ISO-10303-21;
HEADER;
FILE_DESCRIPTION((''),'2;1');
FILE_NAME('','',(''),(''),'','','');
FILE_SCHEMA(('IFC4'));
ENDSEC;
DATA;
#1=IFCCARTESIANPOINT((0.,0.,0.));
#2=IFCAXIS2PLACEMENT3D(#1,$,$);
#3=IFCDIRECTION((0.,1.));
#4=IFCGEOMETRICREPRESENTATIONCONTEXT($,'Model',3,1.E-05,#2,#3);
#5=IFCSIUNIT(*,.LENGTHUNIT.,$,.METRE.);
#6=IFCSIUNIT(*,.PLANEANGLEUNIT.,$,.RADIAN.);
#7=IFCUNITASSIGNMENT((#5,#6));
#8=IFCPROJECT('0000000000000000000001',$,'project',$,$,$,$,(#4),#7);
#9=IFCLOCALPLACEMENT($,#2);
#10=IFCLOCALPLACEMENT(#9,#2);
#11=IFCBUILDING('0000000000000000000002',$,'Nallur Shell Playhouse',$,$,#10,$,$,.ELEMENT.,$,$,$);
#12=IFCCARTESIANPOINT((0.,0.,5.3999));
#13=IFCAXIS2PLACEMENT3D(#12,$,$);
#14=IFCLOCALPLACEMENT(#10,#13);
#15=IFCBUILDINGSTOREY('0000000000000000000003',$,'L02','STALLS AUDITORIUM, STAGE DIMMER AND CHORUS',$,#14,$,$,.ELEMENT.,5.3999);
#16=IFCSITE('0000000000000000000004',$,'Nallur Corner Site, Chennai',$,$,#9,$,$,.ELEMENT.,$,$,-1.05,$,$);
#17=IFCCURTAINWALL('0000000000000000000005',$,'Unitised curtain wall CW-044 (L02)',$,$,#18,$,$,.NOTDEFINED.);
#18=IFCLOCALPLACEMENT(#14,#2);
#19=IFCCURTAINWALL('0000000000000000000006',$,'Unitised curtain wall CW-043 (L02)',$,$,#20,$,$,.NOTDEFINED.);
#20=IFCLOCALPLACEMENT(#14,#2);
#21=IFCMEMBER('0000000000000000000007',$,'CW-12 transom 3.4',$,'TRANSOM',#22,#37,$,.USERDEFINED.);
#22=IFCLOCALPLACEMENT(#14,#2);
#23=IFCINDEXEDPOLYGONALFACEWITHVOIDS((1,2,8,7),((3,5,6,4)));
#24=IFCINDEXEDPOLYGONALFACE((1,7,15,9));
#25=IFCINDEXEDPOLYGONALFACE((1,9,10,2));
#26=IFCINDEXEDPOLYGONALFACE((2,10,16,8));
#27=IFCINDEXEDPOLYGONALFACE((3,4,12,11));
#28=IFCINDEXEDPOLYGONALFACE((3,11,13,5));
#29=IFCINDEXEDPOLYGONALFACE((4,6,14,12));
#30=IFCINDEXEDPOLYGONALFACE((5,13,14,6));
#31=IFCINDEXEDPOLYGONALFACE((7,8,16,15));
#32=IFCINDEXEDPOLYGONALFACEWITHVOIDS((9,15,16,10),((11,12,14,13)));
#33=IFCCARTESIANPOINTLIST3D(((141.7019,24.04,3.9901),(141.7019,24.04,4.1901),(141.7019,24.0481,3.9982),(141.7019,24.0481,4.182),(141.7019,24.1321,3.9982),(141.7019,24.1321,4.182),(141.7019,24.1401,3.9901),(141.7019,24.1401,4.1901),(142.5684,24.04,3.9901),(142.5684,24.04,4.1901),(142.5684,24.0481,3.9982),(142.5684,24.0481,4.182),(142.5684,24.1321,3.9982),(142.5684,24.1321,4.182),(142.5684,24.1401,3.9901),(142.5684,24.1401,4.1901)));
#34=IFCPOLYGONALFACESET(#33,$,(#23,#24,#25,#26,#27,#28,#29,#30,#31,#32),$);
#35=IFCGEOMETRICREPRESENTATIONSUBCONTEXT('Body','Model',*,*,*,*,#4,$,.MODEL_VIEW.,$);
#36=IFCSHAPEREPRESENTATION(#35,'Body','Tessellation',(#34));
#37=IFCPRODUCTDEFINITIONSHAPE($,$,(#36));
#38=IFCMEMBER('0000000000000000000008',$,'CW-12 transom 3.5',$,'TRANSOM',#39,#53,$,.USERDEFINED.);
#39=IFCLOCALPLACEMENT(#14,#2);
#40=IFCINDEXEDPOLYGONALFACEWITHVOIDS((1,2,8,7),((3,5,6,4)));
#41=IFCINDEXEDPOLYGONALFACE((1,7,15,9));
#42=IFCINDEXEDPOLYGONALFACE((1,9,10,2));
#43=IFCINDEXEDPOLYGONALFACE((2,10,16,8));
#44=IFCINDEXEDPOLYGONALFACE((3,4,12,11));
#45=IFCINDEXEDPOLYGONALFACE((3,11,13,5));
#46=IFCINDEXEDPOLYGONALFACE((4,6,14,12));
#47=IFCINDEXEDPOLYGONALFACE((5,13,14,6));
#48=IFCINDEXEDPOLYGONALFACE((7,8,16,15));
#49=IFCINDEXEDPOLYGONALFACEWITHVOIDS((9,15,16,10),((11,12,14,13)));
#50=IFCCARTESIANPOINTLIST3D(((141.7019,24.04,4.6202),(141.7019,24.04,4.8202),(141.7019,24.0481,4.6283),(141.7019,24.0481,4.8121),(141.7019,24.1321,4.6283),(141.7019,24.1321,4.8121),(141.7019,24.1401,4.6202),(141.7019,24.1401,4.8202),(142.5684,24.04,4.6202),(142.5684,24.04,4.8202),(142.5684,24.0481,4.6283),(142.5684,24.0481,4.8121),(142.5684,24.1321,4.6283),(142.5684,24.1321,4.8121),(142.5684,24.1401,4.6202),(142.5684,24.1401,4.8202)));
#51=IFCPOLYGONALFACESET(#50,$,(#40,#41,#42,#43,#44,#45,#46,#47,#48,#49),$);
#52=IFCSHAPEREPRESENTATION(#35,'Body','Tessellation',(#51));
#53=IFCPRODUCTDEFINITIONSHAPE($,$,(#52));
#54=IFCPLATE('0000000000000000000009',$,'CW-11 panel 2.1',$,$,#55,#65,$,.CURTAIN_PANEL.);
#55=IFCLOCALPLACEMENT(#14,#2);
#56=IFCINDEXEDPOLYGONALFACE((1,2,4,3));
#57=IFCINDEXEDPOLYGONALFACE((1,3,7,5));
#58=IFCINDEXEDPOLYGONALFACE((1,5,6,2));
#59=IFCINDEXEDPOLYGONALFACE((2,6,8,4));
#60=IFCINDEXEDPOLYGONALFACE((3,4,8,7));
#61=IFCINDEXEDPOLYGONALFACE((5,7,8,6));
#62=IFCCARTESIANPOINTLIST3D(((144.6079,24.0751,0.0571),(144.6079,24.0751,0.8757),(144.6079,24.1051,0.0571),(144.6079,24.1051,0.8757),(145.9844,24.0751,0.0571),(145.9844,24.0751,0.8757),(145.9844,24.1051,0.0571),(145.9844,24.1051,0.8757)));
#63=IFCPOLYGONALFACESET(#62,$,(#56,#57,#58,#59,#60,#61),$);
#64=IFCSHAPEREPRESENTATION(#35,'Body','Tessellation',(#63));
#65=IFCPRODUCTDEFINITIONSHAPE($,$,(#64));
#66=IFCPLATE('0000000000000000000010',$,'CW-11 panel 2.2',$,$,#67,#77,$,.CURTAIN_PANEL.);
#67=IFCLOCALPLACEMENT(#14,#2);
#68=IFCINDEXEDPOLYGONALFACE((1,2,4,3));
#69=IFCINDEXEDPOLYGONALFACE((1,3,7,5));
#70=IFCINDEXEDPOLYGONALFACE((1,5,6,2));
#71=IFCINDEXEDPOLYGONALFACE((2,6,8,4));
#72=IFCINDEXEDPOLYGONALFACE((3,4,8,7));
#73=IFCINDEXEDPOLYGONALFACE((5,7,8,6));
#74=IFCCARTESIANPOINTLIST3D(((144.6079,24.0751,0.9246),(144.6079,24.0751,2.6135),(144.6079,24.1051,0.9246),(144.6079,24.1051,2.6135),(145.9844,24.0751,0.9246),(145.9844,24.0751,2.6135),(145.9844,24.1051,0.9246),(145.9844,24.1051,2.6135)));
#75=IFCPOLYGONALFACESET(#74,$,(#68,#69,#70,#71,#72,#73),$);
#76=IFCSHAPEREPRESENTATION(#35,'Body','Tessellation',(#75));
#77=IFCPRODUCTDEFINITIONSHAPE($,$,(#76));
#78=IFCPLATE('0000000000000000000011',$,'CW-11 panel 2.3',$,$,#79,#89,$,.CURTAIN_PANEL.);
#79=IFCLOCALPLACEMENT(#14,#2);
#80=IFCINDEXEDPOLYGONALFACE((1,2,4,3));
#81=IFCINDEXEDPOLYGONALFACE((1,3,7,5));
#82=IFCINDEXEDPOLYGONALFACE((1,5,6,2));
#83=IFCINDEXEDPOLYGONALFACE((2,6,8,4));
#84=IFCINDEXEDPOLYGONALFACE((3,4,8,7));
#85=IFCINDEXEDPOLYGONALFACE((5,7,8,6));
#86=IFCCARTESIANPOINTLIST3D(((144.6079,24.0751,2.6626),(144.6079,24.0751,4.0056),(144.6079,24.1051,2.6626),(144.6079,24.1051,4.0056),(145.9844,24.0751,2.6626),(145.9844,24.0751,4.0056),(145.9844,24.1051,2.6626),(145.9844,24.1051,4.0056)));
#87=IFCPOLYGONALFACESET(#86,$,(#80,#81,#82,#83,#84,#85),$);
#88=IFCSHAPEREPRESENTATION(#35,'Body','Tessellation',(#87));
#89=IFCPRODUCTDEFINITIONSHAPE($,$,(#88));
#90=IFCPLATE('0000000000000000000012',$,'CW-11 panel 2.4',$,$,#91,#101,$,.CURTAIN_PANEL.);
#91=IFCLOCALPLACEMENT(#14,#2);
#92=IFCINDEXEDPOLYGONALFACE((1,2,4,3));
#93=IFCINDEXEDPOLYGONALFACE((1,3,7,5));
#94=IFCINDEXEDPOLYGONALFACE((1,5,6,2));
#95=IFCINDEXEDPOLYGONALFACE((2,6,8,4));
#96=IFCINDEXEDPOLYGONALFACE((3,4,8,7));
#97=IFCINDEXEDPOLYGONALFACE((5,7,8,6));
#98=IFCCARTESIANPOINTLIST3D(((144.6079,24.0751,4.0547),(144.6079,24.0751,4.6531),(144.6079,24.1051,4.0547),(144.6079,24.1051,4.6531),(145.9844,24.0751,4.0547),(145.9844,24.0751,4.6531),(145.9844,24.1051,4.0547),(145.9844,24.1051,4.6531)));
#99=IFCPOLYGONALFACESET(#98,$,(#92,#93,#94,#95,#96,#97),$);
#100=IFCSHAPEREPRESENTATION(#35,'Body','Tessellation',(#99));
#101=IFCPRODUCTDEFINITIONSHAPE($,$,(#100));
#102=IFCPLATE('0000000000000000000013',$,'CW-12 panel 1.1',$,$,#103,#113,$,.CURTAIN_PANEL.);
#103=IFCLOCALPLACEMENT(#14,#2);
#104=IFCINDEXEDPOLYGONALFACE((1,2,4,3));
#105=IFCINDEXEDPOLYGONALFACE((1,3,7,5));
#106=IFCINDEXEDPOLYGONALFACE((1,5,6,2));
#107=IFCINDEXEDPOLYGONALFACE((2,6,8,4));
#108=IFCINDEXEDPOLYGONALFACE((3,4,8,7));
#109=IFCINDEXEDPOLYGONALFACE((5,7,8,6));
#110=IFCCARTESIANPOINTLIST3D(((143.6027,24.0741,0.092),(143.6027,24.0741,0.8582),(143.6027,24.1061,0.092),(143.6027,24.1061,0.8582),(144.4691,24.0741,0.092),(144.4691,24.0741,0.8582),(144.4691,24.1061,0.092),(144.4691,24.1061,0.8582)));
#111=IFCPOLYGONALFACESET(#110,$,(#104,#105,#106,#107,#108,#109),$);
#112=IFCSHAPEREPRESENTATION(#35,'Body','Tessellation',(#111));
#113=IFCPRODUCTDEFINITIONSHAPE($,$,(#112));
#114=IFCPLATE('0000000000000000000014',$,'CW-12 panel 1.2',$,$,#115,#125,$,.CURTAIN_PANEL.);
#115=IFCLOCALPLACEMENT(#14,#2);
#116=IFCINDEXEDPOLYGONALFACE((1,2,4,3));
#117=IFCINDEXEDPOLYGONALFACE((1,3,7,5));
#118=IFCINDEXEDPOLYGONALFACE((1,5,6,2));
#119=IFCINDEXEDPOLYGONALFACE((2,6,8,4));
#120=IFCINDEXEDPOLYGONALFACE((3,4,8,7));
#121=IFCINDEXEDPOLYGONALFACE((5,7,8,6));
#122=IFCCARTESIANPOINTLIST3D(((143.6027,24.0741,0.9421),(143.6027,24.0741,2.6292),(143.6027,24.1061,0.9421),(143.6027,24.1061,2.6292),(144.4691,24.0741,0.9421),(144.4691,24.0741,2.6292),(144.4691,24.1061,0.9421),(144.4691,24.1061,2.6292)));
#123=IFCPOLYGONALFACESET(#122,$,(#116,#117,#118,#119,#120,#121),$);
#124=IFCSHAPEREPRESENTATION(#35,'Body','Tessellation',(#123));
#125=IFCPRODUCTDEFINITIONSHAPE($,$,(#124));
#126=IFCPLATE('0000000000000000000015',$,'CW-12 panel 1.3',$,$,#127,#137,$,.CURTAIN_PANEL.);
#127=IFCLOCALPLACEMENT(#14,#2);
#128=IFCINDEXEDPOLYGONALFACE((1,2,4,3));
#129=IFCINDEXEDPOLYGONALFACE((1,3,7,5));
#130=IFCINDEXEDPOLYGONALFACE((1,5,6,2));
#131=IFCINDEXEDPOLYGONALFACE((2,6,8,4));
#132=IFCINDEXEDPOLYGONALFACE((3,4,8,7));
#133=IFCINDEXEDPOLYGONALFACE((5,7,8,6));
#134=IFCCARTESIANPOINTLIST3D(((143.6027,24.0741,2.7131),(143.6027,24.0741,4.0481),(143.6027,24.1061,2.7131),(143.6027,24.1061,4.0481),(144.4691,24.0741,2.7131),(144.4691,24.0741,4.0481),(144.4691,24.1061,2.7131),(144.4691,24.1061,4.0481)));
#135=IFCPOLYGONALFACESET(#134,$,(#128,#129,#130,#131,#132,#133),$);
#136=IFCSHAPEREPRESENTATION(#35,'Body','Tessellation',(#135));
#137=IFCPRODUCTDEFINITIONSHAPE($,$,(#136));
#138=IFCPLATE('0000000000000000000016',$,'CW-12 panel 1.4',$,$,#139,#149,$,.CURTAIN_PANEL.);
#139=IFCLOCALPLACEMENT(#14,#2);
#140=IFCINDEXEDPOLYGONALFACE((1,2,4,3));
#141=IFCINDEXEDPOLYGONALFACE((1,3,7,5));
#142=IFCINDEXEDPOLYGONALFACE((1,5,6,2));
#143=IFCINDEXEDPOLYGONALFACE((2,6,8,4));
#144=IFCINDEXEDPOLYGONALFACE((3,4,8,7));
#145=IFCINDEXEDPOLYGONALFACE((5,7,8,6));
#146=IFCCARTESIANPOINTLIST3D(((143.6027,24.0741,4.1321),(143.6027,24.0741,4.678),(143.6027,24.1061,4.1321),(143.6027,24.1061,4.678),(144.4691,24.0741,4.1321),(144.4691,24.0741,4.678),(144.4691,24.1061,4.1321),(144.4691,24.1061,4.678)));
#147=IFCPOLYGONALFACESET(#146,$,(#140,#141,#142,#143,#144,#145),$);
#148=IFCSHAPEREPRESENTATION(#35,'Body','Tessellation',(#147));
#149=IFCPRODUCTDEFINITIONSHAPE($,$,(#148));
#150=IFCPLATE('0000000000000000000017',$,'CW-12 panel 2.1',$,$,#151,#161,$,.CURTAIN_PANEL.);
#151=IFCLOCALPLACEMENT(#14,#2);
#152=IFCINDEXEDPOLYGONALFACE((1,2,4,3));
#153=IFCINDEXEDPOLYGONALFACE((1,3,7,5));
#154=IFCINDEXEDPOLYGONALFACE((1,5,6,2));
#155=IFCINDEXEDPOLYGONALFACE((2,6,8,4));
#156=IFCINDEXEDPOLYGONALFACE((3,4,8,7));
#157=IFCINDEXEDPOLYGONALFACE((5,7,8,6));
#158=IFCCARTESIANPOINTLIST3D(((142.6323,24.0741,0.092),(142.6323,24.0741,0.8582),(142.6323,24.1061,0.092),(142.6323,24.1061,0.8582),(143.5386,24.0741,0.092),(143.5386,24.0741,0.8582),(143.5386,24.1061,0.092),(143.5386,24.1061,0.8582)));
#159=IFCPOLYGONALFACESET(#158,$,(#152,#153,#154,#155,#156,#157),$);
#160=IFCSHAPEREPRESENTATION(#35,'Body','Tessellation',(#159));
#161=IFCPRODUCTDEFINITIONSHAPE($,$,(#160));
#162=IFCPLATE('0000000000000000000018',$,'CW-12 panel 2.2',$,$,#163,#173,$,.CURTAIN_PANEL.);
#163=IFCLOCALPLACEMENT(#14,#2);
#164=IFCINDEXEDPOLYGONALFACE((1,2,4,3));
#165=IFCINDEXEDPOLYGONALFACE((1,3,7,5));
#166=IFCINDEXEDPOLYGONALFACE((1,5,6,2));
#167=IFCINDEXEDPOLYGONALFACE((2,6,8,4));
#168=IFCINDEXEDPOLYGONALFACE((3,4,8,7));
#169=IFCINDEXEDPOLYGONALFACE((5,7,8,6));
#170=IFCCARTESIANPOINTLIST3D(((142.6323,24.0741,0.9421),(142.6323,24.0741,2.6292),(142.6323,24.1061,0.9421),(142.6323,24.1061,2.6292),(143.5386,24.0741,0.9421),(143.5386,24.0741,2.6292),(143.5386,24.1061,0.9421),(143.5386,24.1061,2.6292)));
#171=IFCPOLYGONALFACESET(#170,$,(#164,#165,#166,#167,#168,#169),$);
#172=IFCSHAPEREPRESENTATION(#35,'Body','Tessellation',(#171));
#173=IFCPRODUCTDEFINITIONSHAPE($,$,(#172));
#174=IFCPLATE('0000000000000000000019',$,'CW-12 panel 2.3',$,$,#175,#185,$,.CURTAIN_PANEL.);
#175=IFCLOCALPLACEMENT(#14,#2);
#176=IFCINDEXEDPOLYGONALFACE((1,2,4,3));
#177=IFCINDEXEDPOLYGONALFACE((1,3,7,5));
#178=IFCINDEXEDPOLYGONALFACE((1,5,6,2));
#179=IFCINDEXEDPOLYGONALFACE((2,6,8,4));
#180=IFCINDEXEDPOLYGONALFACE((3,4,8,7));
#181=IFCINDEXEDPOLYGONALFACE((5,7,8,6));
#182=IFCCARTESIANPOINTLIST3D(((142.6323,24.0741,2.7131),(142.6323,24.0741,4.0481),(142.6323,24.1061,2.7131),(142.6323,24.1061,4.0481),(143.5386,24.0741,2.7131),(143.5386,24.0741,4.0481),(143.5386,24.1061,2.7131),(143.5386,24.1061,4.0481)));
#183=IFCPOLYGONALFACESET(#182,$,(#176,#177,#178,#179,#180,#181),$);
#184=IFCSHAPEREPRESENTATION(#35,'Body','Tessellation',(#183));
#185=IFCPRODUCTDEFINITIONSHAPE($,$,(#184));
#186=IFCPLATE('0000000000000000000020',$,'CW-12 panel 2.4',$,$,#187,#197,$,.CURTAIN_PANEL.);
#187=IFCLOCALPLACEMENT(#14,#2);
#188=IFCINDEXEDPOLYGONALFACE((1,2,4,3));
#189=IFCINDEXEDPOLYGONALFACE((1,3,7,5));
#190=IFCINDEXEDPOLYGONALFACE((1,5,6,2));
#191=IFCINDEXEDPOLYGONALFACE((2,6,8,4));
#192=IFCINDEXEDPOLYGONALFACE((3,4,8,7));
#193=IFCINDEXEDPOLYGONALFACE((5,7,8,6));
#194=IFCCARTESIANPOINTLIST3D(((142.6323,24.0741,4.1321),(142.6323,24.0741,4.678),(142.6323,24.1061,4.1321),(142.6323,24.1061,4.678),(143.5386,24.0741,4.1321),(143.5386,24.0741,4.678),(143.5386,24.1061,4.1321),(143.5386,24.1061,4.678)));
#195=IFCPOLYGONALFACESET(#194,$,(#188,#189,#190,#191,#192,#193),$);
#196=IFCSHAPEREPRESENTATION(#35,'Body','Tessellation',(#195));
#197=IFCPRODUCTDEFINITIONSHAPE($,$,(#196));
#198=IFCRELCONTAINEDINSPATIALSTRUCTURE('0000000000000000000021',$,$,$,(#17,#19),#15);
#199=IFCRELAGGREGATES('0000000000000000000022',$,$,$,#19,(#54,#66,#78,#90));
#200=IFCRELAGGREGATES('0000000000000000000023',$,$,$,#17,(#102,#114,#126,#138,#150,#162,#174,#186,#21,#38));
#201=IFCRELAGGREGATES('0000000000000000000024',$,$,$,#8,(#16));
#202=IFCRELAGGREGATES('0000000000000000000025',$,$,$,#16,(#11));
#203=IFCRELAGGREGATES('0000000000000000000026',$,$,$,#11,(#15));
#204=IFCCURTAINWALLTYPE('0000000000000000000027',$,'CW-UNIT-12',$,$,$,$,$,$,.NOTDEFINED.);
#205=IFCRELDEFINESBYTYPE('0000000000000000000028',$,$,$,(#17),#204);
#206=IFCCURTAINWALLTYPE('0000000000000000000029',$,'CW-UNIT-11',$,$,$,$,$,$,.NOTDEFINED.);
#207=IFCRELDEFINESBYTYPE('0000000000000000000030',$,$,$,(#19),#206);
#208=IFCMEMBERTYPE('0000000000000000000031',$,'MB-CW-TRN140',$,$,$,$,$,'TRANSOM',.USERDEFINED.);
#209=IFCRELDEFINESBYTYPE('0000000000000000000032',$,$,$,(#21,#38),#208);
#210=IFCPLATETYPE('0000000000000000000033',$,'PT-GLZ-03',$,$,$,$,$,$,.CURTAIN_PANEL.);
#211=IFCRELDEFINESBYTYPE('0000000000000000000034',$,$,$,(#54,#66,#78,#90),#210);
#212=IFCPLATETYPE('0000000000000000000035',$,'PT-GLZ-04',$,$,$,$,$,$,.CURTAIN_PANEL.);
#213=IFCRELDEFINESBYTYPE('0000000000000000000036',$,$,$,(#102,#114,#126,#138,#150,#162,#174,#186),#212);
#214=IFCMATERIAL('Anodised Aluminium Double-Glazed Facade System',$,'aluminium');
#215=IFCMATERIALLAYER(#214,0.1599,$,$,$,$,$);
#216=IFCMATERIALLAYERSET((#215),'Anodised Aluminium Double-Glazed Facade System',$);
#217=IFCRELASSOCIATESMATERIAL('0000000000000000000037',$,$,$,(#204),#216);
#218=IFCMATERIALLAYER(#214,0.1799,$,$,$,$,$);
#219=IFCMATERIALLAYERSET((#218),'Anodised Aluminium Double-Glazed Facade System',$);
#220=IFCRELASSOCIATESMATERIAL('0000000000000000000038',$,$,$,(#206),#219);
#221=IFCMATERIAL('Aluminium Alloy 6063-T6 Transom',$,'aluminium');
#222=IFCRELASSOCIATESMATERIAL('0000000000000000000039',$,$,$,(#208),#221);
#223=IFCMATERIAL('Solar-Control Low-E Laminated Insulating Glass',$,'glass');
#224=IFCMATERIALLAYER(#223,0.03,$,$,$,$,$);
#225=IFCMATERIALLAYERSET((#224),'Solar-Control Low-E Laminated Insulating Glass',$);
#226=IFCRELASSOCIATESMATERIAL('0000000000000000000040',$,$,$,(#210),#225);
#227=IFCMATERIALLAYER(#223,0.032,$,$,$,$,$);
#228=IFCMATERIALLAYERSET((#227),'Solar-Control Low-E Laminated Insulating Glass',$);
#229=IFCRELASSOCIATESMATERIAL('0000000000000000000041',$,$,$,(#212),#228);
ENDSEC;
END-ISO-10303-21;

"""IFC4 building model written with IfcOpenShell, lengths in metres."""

from ifc_helpers import new_model, si_unit, direction, frame, origin, origin_2d, place, context, subcontext, project, spatial, rectangle, hollow_rectangle, extrude, material, layer, layer_set, material_profile, profile_set, type_object, element, aggregate, save


model = new_model("IFC4")

# Units and contexts
model_context = context("Model", 3, precision=1e-05, world=origin(), true_north=direction((0.0, 1.0)))
body_context = subcontext(model_context, "Body", "Model", "MODEL_VIEW")
ifc_project = project(units=[si_unit("LENGTHUNIT", "METRE"), si_unit("PLANEANGLEUNIT", "RADIAN")], contexts=[model_context])

# Site, building, storey
site_placement = place(None, origin())
site = spatial("IfcSite", under=ifc_project, at=site_placement, Name="Nallur Corner Site, Chennai", CompositionType="ELEMENT", RefElevation=-1.05)
building_placement = place(site_placement, origin())
building = spatial("IfcBuilding", under=site, at=building_placement, Name="Nallur Shell Playhouse", CompositionType="ELEMENT")
storey_placement = place(building_placement, frame((0.0, 0.0, 5.3999)))
storey = spatial("IfcBuildingStorey", under=building, at=storey_placement, Name="L02", Description="STALLS AUDITORIUM, STAGE DIMMER AND CHORUS", CompositionType="ELEMENT", Elevation=5.3999)

# Curtain wall
ifc_material_1 = material(Name="Anodised Aluminium Double-Glazed Facade System", Category="aluminium")
ifc_layer_1 = layer(ifc_material_1, 0.1599)
ifc_layer_set_1 = layer_set([ifc_layer_1], Name="Anodised Aluminium Double-Glazed Facade System")
curtain_wall_type_1 = type_object("IfcCurtainWallType", Name="CW-UNIT-12", PredefinedType="NOTDEFINED", material=ifc_layer_set_1)
curtain_wall_1_placement = place(storey_placement, origin())
curtain_wall_1 = element("IfcCurtainWall", 1, at=curtain_wall_1_placement, inside=storey, type_object=curtain_wall_type_1, Name="Unitised curtain wall CW-044 (L02)", PredefinedType="NOTDEFINED")

# Curtain wall
ifc_layer_2 = layer(ifc_material_1, 0.1799)
ifc_layer_set_2 = layer_set([ifc_layer_2], Name="Anodised Aluminium Double-Glazed Facade System")
curtain_wall_type_2 = type_object("IfcCurtainWallType", Name="CW-UNIT-11", PredefinedType="NOTDEFINED", material=ifc_layer_set_2)
curtain_wall_2_placement = place(storey_placement, origin())
curtain_wall_2 = element("IfcCurtainWall", 2, at=curtain_wall_2_placement, inside=storey, type_object=curtain_wall_type_2, Name="Unitised curtain wall CW-043 (L02)", PredefinedType="NOTDEFINED")

# Members
ifc_material_2 = material(Name="Aluminium Alloy 6063-T6 Transom", Category="aluminium")
ifc_material_profile_1 = material_profile(ifc_material_2, hollow_rectangle(XDim=0.1001, YDim=0.2, WallThickness=0.0081, at=origin_2d()), Name="RHS 200x100x8")
ifc_profile_set_1 = profile_set([ifc_material_profile_1], Name="Aluminium Alloy 6063-T6 Transom")
member_type_1 = type_object("IfcMemberType", Name="MB-CW-TRN140", ElementType="TRANSOM", PredefinedType="USERDEFINED", material=ifc_profile_set_1)
member_1_placement = place(storey_placement, frame((142.5684, 24.0901, 4.0901), z_axis=(-1.0, 0.0, 0.0), x_axis=(0.0, -1.0, 0.0)))
member_1 = element("IfcMember", 3, at=member_1_placement, type_object=member_type_1, Name="CW-12 transom 3.4", ObjectType="TRANSOM", PredefinedType="USERDEFINED", context=body_context, shape_type="SweptSolid", body=[
    extrude(hollow_rectangle(XDim=0.1001, YDim=0.2, WallThickness=0.0081, at=origin_2d()), origin(), (0.0, 0.0, 1.0), 0.8665),
])
member_2_placement = place(storey_placement, frame((142.5684, 24.0901, 4.7202), z_axis=(-1.0, 0.0, 0.0), x_axis=(0.0, -1.0, 0.0)))
member_2 = element("IfcMember", 4, at=member_2_placement, type_object=member_type_1, Name="CW-12 transom 3.5", ObjectType="TRANSOM", PredefinedType="USERDEFINED", context=body_context, shape_type="SweptSolid", body=[
    extrude(hollow_rectangle(XDim=0.1001, YDim=0.2, WallThickness=0.0081, at=origin_2d()), origin(), (0.0, 0.0, 1.0), 0.8665),
])

# Plates
ifc_material_3 = material(Name="Solar-Control Low-E Laminated Insulating Glass", Category="glass")
ifc_layer_3 = layer(ifc_material_3, 0.03)
ifc_layer_set_3 = layer_set([ifc_layer_3], Name="Solar-Control Low-E Laminated Insulating Glass")
plate_type_1 = type_object("IfcPlateType", Name="PT-GLZ-03", PredefinedType="CURTAIN_PANEL", material=ifc_layer_set_3)
plate_1_placement = place(storey_placement, frame((145.2961, 24.0901, 0.0571), z_axis=(0.0, 0.0, 1.0), x_axis=(-1.0, 0.0, 0.0)))
plate_1 = element("IfcPlate", 5, at=plate_1_placement, type_object=plate_type_1, Name="CW-11 panel 2.1", PredefinedType="CURTAIN_PANEL", context=body_context, shape_type="SweptSolid", body=[
    extrude(rectangle(XDim=1.3765, YDim=0.03, at=origin_2d()), origin(), (0.0, 0.0, 1.0), 0.8186),
])
plate_2_placement = place(storey_placement, frame((145.2961, 24.0901, 0.9246), z_axis=(0.0, 0.0, 1.0), x_axis=(-1.0, 0.0, 0.0)))
plate_2 = element("IfcPlate", 6, at=plate_2_placement, type_object=plate_type_1, Name="CW-11 panel 2.2", PredefinedType="CURTAIN_PANEL", context=body_context, shape_type="SweptSolid", body=[
    extrude(rectangle(XDim=1.3765, YDim=0.03, at=origin_2d()), origin(), (0.0, 0.0, 1.0), 1.689),
])
plate_3_placement = place(storey_placement, frame((145.2961, 24.0901, 2.6626), z_axis=(0.0, 0.0, 1.0), x_axis=(-1.0, 0.0, 0.0)))
plate_3 = element("IfcPlate", 7, at=plate_3_placement, type_object=plate_type_1, Name="CW-11 panel 2.3", PredefinedType="CURTAIN_PANEL", context=body_context, shape_type="SweptSolid", body=[
    extrude(rectangle(XDim=1.3765, YDim=0.03, at=origin_2d()), origin(), (0.0, 0.0, 1.0), 1.343),
])
plate_4_placement = place(storey_placement, frame((145.2961, 24.0901, 4.0547), z_axis=(0.0, 0.0, 1.0), x_axis=(-1.0, 0.0, 0.0)))
plate_4 = element("IfcPlate", 8, at=plate_4_placement, type_object=plate_type_1, Name="CW-11 panel 2.4", PredefinedType="CURTAIN_PANEL", context=body_context, shape_type="SweptSolid", body=[
    extrude(rectangle(XDim=1.3765, YDim=0.03, at=origin_2d()), origin(), (0.0, 0.0, 1.0), 0.5984),
])
aggregate(curtain_wall_2, [plate_1, plate_2, plate_3, plate_4])
ifc_layer_4 = layer(ifc_material_3, 0.032)
ifc_layer_set_4 = layer_set([ifc_layer_4], Name="Solar-Control Low-E Laminated Insulating Glass")
plate_type_2 = type_object("IfcPlateType", Name="PT-GLZ-04", PredefinedType="CURTAIN_PANEL", material=ifc_layer_set_4)
plate_5_placement = place(storey_placement, frame((144.0359, 24.0901, 0.092), z_axis=(0.0, 0.0, 1.0), x_axis=(-1.0, 0.0, 0.0)))
plate_5 = element("IfcPlate", 9, at=plate_5_placement, type_object=plate_type_2, Name="CW-12 panel 1.1", PredefinedType="CURTAIN_PANEL", context=body_context, shape_type="SweptSolid", body=[
    extrude(rectangle(XDim=0.8665, YDim=0.032, at=origin_2d()), origin(), (0.0, 0.0, 1.0), 0.7661),
])
plate_6_placement = place(storey_placement, frame((144.0359, 24.0901, 0.9421), z_axis=(0.0, 0.0, 1.0), x_axis=(-1.0, 0.0, 0.0)))
plate_6 = element("IfcPlate", 10, at=plate_6_placement, type_object=plate_type_2, Name="CW-12 panel 1.2", PredefinedType="CURTAIN_PANEL", context=body_context, shape_type="SweptSolid", body=[
    extrude(rectangle(XDim=0.8665, YDim=0.032, at=origin_2d()), origin(), (0.0, 0.0, 1.0), 1.687),
])
plate_7_placement = place(storey_placement, frame((144.0359, 24.0901, 2.7131), z_axis=(0.0, 0.0, 1.0), x_axis=(-1.0, 0.0, 0.0)))
plate_7 = element("IfcPlate", 11, at=plate_7_placement, type_object=plate_type_2, Name="CW-12 panel 1.3", PredefinedType="CURTAIN_PANEL", context=body_context, shape_type="SweptSolid", body=[
    extrude(rectangle(XDim=0.8665, YDim=0.032, at=origin_2d()), origin(), (0.0, 0.0, 1.0), 1.335),
])
plate_8_placement = place(storey_placement, frame((144.0359, 24.0901, 4.1321), z_axis=(0.0, 0.0, 1.0), x_axis=(-1.0, 0.0, 0.0)))
plate_8 = element("IfcPlate", 12, at=plate_8_placement, type_object=plate_type_2, Name="CW-12 panel 1.4", PredefinedType="CURTAIN_PANEL", context=body_context, shape_type="SweptSolid", body=[
    extrude(rectangle(XDim=0.8665, YDim=0.032, at=origin_2d()), origin(), (0.0, 0.0, 1.0), 0.5459),
])
plate_9_placement = place(storey_placement, frame((143.0854, 24.0901, 0.092), z_axis=(0.0, 0.0, 1.0), x_axis=(-1.0, 0.0, 0.0)))
plate_9 = element("IfcPlate", 13, at=plate_9_placement, type_object=plate_type_2, Name="CW-12 panel 2.1", PredefinedType="CURTAIN_PANEL", context=body_context, shape_type="SweptSolid", body=[
    extrude(rectangle(XDim=0.9062, YDim=0.032, at=origin_2d()), origin(), (0.0, 0.0, 1.0), 0.7661),
])
plate_10_placement = place(storey_placement, frame((143.0854, 24.0901, 0.9421), z_axis=(0.0, 0.0, 1.0), x_axis=(-1.0, 0.0, 0.0)))
plate_10 = element("IfcPlate", 14, at=plate_10_placement, type_object=plate_type_2, Name="CW-12 panel 2.2", PredefinedType="CURTAIN_PANEL", context=body_context, shape_type="SweptSolid", body=[
    extrude(rectangle(XDim=0.9062, YDim=0.032, at=origin_2d()), origin(), (0.0, 0.0, 1.0), 1.687),
])
plate_11_placement = place(storey_placement, frame((143.0854, 24.0901, 2.7131), z_axis=(0.0, 0.0, 1.0), x_axis=(-1.0, 0.0, 0.0)))
plate_11 = element("IfcPlate", 15, at=plate_11_placement, type_object=plate_type_2, Name="CW-12 panel 2.3", PredefinedType="CURTAIN_PANEL", context=body_context, shape_type="SweptSolid", body=[
    extrude(rectangle(XDim=0.9062, YDim=0.032, at=origin_2d()), origin(), (0.0, 0.0, 1.0), 1.335),
])
plate_12_placement = place(storey_placement, frame((143.0854, 24.0901, 4.1321), z_axis=(0.0, 0.0, 1.0), x_axis=(-1.0, 0.0, 0.0)))
plate_12 = element("IfcPlate", 16, at=plate_12_placement, type_object=plate_type_2, Name="CW-12 panel 2.4", PredefinedType="CURTAIN_PANEL", context=body_context, shape_type="SweptSolid", body=[
    extrude(rectangle(XDim=0.9062, YDim=0.032, at=origin_2d()), origin(), (0.0, 0.0, 1.0), 0.5459),
])
aggregate(curtain_wall_1, [plate_5, plate_6, plate_7, plate_8, plate_9, plate_10, plate_11, plate_12, member_1, member_2])

save(model, "model.ifc")
